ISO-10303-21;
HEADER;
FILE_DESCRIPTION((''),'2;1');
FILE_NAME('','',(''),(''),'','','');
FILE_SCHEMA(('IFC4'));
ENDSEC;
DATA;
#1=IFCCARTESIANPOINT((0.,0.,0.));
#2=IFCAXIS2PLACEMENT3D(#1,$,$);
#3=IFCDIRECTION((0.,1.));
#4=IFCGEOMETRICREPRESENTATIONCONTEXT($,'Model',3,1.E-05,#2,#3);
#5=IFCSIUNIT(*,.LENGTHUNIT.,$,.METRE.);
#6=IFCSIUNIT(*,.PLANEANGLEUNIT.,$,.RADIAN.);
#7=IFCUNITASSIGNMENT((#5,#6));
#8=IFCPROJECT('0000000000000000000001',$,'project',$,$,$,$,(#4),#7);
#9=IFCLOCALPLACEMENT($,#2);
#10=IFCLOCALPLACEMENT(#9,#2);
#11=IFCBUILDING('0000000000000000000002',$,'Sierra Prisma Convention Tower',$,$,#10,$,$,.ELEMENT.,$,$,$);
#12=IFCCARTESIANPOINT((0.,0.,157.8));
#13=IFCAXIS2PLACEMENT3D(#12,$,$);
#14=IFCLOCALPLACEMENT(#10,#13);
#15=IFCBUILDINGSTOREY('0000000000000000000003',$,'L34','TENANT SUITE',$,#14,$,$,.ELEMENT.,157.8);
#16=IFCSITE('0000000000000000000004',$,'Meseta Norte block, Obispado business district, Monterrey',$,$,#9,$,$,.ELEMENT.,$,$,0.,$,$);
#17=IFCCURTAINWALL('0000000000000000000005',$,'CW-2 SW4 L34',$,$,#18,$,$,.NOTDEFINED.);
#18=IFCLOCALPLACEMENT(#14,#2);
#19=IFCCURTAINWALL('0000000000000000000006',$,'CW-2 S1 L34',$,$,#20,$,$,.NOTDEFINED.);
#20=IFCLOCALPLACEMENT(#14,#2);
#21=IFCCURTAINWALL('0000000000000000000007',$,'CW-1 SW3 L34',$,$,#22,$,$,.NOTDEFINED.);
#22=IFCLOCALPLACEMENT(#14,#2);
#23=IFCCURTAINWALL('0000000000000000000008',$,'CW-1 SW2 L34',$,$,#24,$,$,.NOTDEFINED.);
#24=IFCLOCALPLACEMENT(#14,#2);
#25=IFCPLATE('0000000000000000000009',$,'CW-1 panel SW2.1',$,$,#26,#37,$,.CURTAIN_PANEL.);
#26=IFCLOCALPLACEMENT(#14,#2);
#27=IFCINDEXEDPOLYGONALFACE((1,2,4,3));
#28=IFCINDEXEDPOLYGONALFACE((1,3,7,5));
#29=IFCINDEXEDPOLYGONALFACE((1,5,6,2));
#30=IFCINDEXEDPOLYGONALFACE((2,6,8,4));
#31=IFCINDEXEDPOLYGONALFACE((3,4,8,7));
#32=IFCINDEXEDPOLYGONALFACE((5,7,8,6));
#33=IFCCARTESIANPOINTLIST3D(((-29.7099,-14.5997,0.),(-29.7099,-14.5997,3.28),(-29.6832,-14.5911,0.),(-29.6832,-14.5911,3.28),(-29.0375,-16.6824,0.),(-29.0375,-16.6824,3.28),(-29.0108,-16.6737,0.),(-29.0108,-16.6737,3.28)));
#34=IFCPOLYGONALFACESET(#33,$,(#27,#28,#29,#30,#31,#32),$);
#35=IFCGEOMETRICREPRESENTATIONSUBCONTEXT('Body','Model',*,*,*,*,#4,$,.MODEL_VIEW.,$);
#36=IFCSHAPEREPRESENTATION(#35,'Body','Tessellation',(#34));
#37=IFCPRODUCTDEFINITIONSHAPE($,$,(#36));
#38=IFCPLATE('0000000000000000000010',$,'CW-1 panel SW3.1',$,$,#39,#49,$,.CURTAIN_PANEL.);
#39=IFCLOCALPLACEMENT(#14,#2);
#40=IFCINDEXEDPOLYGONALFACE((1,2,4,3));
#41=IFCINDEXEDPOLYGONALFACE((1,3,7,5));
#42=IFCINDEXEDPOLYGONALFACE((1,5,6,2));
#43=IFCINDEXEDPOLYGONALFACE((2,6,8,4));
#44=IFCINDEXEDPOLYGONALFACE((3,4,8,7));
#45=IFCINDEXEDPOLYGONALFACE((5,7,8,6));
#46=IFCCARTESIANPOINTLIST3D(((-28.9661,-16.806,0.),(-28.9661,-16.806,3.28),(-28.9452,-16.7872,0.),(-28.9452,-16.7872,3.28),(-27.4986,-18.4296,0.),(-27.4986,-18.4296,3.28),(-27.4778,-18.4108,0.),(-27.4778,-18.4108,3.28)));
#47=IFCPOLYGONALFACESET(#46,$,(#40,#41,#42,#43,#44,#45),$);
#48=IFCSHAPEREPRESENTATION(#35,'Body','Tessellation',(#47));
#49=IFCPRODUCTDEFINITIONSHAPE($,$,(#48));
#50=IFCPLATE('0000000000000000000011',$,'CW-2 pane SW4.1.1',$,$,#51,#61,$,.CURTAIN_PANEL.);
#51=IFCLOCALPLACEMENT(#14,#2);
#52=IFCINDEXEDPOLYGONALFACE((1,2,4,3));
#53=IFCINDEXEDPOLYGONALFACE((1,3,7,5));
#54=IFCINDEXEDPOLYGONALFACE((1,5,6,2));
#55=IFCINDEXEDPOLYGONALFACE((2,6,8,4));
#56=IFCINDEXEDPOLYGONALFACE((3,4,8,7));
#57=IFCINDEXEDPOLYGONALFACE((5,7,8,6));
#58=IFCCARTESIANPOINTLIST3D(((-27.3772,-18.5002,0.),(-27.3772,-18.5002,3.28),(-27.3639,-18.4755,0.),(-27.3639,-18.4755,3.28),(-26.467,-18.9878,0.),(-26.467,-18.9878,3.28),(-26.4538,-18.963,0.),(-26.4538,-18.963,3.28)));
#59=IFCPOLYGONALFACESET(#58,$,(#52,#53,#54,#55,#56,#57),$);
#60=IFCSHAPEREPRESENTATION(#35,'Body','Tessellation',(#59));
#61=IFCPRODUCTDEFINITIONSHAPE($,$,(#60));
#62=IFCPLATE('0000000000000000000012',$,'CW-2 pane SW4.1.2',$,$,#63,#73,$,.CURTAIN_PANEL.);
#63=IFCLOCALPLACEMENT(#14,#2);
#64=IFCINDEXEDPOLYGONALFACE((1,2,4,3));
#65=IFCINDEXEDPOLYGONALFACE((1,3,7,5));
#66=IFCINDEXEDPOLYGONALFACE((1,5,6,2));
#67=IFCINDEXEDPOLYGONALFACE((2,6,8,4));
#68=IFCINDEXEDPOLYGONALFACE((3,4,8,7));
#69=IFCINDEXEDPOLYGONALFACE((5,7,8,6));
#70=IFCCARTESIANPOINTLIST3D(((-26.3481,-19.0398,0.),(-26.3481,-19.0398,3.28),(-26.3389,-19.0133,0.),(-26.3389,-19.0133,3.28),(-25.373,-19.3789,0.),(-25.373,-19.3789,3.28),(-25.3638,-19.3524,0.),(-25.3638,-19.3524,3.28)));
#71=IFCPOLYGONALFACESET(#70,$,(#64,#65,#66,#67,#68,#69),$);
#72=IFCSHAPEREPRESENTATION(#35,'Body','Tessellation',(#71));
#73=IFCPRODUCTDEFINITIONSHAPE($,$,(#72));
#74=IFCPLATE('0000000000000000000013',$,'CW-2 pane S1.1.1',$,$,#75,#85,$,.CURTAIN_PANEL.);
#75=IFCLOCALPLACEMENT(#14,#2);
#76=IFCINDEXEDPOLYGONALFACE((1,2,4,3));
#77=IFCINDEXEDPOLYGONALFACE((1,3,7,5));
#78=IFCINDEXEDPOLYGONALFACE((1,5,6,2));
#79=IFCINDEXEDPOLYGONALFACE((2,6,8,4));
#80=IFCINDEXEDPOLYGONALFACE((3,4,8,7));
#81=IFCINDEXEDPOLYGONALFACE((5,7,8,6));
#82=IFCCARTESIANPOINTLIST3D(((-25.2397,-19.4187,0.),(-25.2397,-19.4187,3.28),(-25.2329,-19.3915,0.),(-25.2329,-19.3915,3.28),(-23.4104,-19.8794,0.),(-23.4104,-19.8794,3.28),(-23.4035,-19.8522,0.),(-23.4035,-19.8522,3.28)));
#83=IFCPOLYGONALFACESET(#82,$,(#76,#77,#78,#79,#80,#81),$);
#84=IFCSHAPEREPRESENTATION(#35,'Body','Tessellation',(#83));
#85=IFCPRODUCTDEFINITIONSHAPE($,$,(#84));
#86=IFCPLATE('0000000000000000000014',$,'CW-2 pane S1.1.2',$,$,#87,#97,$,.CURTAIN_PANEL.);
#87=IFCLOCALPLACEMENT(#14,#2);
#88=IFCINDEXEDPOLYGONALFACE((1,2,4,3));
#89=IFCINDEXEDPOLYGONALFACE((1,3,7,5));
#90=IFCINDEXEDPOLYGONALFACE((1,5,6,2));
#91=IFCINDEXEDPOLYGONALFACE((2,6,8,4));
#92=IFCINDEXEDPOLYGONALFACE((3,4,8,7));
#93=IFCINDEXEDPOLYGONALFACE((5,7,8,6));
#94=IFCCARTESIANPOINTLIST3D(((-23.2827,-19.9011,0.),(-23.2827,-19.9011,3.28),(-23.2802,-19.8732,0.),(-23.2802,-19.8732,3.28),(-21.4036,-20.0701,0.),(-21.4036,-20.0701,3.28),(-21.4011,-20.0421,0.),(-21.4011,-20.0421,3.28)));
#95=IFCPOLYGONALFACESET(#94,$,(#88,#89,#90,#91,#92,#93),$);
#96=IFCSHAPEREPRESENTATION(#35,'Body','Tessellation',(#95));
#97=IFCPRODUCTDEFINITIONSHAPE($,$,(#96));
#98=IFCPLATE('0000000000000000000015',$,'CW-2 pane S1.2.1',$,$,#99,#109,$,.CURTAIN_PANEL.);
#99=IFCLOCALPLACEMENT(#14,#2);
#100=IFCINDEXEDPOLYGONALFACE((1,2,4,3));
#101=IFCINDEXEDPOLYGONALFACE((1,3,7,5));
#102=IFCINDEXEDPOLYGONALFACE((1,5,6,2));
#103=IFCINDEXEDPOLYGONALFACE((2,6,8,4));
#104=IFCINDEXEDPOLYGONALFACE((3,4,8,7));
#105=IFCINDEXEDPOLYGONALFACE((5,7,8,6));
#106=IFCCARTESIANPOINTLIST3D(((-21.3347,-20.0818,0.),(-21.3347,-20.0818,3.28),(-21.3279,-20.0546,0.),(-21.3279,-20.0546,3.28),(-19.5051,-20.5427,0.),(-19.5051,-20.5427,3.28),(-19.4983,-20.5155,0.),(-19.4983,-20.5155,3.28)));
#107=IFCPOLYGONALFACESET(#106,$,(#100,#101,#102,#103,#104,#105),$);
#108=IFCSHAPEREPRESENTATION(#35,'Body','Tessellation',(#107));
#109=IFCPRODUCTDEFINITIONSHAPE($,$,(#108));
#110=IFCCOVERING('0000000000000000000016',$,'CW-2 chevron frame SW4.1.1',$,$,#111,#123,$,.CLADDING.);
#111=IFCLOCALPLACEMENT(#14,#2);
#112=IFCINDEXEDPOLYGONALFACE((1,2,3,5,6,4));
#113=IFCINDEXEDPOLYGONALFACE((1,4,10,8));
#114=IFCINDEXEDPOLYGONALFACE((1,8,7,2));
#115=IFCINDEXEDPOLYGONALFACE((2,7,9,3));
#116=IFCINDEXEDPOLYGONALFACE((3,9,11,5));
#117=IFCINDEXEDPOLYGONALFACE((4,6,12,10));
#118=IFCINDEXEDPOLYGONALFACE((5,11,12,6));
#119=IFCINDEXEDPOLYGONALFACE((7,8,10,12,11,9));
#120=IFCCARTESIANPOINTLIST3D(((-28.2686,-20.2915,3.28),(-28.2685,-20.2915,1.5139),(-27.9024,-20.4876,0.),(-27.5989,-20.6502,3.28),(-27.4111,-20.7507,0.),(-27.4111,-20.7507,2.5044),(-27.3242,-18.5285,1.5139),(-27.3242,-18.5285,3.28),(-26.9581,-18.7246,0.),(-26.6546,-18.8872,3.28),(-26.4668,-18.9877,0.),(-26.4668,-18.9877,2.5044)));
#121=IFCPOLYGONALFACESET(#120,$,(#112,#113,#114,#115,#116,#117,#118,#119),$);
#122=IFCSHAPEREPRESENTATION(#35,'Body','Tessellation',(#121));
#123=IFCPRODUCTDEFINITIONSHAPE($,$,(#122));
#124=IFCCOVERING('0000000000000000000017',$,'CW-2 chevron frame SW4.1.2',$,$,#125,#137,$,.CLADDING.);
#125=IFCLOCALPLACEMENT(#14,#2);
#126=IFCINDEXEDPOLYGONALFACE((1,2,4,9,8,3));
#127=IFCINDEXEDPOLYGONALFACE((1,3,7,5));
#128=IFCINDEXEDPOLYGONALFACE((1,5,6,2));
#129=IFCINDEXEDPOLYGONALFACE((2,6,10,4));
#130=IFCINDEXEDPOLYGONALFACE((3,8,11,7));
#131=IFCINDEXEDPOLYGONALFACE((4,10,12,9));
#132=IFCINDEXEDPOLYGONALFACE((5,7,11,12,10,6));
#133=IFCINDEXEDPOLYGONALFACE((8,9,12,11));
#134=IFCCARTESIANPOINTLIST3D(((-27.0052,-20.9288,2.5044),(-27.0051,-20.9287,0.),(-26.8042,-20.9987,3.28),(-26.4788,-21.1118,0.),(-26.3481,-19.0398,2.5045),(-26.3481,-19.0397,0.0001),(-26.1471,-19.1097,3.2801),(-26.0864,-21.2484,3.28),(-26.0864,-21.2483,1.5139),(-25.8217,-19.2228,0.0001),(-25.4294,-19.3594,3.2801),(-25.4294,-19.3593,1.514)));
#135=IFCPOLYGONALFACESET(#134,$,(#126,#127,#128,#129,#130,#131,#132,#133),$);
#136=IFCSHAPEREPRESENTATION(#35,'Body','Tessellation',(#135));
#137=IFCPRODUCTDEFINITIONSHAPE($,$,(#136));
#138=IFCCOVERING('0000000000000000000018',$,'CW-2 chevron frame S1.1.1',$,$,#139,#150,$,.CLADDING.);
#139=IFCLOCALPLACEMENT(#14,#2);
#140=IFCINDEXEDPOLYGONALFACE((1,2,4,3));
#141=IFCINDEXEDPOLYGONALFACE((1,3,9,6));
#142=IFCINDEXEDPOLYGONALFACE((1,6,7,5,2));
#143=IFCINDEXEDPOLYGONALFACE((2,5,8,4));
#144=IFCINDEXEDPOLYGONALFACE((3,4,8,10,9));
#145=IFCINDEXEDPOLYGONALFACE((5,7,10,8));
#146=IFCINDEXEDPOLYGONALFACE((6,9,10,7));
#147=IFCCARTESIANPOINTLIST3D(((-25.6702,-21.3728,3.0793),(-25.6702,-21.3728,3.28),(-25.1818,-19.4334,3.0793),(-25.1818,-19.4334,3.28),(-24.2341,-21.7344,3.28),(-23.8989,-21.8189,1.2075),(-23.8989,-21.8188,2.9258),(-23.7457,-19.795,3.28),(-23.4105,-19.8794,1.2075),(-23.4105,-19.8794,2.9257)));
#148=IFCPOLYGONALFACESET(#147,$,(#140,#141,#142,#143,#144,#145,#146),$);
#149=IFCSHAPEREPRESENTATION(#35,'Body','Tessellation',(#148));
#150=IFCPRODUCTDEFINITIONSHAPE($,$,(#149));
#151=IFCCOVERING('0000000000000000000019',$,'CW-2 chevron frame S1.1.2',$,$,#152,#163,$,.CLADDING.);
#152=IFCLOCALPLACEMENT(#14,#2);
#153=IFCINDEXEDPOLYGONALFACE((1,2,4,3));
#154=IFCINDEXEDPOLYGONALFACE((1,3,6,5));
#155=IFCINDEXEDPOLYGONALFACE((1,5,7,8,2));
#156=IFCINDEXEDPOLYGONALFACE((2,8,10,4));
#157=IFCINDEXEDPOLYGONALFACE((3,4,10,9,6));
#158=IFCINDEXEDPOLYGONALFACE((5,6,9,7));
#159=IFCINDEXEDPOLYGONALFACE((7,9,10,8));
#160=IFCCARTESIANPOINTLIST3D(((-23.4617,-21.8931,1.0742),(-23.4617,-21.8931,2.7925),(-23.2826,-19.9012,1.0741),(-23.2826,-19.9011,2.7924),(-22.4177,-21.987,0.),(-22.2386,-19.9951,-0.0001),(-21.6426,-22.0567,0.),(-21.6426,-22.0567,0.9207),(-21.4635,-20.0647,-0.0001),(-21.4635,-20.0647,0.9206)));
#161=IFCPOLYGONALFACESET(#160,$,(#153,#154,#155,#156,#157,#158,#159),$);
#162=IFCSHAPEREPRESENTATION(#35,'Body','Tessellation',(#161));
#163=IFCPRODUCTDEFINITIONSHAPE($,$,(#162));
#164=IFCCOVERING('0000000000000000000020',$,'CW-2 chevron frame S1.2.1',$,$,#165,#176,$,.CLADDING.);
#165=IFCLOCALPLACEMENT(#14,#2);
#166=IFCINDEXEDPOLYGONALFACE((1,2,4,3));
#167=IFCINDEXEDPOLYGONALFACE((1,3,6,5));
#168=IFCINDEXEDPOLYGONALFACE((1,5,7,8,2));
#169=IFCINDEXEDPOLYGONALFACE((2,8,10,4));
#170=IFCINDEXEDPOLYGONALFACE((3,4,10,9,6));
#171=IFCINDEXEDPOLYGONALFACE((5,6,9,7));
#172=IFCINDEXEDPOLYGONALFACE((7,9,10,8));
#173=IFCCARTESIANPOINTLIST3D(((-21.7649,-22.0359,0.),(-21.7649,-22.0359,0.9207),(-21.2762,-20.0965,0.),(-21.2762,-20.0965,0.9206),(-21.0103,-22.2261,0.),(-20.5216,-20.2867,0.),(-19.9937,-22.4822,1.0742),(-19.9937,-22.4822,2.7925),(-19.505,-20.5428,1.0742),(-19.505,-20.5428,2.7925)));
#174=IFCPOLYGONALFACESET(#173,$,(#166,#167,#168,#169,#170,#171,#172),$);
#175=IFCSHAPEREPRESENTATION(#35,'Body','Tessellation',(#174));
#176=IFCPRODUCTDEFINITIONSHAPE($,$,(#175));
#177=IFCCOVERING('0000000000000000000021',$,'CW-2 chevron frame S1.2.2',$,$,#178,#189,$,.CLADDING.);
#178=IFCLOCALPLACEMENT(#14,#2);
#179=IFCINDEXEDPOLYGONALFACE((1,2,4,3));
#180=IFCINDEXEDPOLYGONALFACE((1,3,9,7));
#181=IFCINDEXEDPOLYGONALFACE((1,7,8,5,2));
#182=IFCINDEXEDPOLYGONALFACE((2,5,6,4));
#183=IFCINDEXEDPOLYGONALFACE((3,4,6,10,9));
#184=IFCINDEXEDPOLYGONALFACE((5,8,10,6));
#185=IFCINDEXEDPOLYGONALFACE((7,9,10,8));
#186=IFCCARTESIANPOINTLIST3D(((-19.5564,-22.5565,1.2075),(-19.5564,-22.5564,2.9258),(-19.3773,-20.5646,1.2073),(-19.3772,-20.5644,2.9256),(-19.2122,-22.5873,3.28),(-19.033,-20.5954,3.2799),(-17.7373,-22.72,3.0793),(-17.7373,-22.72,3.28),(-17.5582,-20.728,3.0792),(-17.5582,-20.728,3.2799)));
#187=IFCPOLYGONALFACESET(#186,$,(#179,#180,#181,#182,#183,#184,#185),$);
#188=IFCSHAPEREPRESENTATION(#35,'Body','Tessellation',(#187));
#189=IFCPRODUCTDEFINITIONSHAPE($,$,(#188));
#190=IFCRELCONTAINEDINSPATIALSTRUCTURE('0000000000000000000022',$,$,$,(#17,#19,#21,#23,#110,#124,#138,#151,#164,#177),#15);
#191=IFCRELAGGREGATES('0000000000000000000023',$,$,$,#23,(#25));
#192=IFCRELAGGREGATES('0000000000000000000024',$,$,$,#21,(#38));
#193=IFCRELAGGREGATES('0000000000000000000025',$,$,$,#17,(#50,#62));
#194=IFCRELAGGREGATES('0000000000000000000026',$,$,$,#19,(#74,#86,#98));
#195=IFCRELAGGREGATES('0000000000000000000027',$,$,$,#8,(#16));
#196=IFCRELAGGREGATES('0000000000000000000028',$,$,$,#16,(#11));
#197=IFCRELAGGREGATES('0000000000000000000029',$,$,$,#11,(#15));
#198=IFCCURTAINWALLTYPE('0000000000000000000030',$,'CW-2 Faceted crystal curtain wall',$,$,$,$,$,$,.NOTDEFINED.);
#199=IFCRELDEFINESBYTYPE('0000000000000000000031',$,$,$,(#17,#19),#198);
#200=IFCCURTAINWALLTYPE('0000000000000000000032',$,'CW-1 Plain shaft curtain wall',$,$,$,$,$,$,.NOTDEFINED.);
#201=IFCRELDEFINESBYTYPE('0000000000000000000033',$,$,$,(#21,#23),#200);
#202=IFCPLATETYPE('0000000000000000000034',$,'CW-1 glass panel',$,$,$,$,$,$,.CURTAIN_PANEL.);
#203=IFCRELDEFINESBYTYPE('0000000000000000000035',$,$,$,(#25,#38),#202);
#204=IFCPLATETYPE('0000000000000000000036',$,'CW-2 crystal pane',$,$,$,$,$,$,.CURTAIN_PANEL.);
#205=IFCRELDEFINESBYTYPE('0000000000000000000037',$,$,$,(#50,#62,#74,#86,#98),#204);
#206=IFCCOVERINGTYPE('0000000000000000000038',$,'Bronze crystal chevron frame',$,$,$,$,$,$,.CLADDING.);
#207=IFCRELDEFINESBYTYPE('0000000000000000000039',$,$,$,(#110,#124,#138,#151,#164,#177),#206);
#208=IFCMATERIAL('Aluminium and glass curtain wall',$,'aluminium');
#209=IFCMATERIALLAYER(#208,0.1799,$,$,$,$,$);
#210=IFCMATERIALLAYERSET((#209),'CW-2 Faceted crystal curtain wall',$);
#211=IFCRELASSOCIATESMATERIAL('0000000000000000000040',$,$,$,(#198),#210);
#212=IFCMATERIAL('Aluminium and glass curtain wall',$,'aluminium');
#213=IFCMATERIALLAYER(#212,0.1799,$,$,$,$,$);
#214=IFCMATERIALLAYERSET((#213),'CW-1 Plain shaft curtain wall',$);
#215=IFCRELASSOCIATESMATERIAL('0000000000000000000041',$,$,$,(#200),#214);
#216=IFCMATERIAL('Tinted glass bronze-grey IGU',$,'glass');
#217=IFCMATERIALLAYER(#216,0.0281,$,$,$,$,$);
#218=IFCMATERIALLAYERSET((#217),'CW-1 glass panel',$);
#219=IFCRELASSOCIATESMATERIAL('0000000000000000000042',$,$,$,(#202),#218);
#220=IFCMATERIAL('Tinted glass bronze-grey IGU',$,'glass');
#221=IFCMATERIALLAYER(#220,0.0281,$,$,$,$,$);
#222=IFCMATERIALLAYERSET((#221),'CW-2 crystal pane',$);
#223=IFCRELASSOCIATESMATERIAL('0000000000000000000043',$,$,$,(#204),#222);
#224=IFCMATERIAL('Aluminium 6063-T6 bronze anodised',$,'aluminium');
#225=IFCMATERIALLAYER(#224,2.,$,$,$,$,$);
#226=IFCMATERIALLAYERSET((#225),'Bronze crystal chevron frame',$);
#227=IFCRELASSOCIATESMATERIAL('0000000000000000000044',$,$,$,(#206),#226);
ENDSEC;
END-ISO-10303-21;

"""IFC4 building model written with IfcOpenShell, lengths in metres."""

from ifc_helpers import new_model, si_unit, direction, frame, origin, origin_2d, place, context, subcontext, project, spatial, polyline, rectangle, outline, extrude, material, layer, layer_set, type_object, element, aggregate, save


model = new_model("IFC4")

# Units and contexts
model_context = context("Model", 3, precision=1e-05, world=origin(), true_north=direction((0.0, 1.0)))
body_context = subcontext(model_context, "Body", "Model", "MODEL_VIEW")
ifc_project = project(units=[si_unit("LENGTHUNIT", "METRE"), si_unit("PLANEANGLEUNIT", "RADIAN")], contexts=[model_context])

# Site, building, storey
site_placement = place(None, origin())
site = spatial("IfcSite", under=ifc_project, at=site_placement, Name="Meseta Norte block, Obispado business district, Monterrey", CompositionType="ELEMENT", RefElevation=0.0)
building_placement = place(site_placement, origin())
building = spatial("IfcBuilding", under=site, at=building_placement, Name="Sierra Prisma Convention Tower", CompositionType="ELEMENT")
storey_placement = place(building_placement, frame((0.0, 0.0, 157.8)))
storey = spatial("IfcBuildingStorey", under=building, at=storey_placement, Name="L34", Description="TENANT SUITE", CompositionType="ELEMENT", Elevation=157.8)

# Curtain wall
ifc_material_1 = material(Name="Aluminium and glass curtain wall", Category="aluminium")
ifc_layer_1 = layer(ifc_material_1, 0.1799)
ifc_layer_set_1 = layer_set([ifc_layer_1], Name="CW-2 Faceted crystal curtain wall")
curtain_wall_type_1 = type_object("IfcCurtainWallType", Name="CW-2 Faceted crystal curtain wall", PredefinedType="NOTDEFINED", material=ifc_layer_set_1)
curtain_wall_1_placement = place(storey_placement, origin())
curtain_wall_1 = element("IfcCurtainWall", 1, at=curtain_wall_1_placement, inside=storey, type_object=curtain_wall_type_1, Name="CW-2 SW4 L34", PredefinedType="NOTDEFINED")

# Curtain wall
curtain_wall_2_placement = place(storey_placement, origin())
curtain_wall_2 = element("IfcCurtainWall", 2, at=curtain_wall_2_placement, inside=storey, type_object=curtain_wall_type_1, Name="CW-2 S1 L34", PredefinedType="NOTDEFINED")

# Curtain wall
ifc_material_2 = material(Name="Aluminium and glass curtain wall", Category="aluminium")
ifc_layer_2 = layer(ifc_material_2, 0.1799)
ifc_layer_set_2 = layer_set([ifc_layer_2], Name="CW-1 Plain shaft curtain wall")
curtain_wall_type_2 = type_object("IfcCurtainWallType", Name="CW-1 Plain shaft curtain wall", PredefinedType="NOTDEFINED", material=ifc_layer_set_2)
curtain_wall_3_placement = place(storey_placement, origin())
curtain_wall_3 = element("IfcCurtainWall", 3, at=curtain_wall_3_placement, inside=storey, type_object=curtain_wall_type_2, Name="CW-1 SW3 L34", PredefinedType="NOTDEFINED")

# Curtain wall, plate
curtain_wall_4_placement = place(storey_placement, origin())
curtain_wall_4 = element("IfcCurtainWall", 4, at=curtain_wall_4_placement, inside=storey, type_object=curtain_wall_type_2, Name="CW-1 SW2 L34", PredefinedType="NOTDEFINED")
ifc_material_3 = material(Name="Tinted glass bronze-grey IGU", Category="glass")
ifc_layer_3 = layer(ifc_material_3, 0.0281)
ifc_layer_set_3 = layer_set([ifc_layer_3], Name="CW-1 glass panel")
plate_type_1 = type_object("IfcPlateType", Name="CW-1 glass panel", PredefinedType="CURTAIN_PANEL", material=ifc_layer_set_3)
plate_1_placement = place(storey_placement, frame((-29.3604, -15.6367, 0.0), z_axis=(0.0, 0.0, 1.0), x_axis=(0.307213, -0.951641, 0.0)))
plate_1 = element("IfcPlate", 5, at=plate_1_placement, type_object=plate_type_1, Name="CW-1 panel SW2.1", PredefinedType="CURTAIN_PANEL", context=body_context, shape_type="SweptSolid", body=[
    extrude(rectangle(XDim=2.1885, YDim=0.0281, at=origin_2d()), origin(), (0.0, 0.0, 1.0), 3.28),
])
aggregate(curtain_wall_4, [plate_1])

# Plates
plate_2_placement = place(storey_placement, frame((-28.2219, -17.6084, 0.0), z_axis=(0.0, 0.0, 1.0), x_axis=(0.670539, -0.741874, 0.0)))
plate_2 = element("IfcPlate", 6, at=plate_2_placement, type_object=plate_type_1, Name="CW-1 panel SW3.1", PredefinedType="CURTAIN_PANEL", context=body_context, shape_type="SweptSolid", body=[
    extrude(rectangle(XDim=2.1885, YDim=0.0281, at=origin_2d()), origin(), (0.0, 0.0, 1.0), 3.28),
])
aggregate(curtain_wall_3, [plate_2])
ifc_material_4 = material(Name="Tinted glass bronze-grey IGU", Category="glass")
ifc_layer_4 = layer(ifc_material_4, 0.0281)
ifc_layer_set_4 = layer_set([ifc_layer_4], Name="CW-2 crystal pane")
plate_type_2 = type_object("IfcPlateType", Name="CW-2 crystal pane", PredefinedType="CURTAIN_PANEL", material=ifc_layer_set_4)
plate_3_placement = place(storey_placement, frame((-27.3772, -18.5002, 0.0), z_axis=(-0.472195, -0.881494, 0.0), x_axis=(0.881494, -0.472195, 0.0)))
plate_3 = element("IfcPlate", 7, at=plate_3_placement, type_object=plate_type_2, Name="CW-2 pane SW4.1.1", PredefinedType="CURTAIN_PANEL", context=body_context, shape_type="SweptSolid", body=[
    extrude(outline(polyline([(0.0, 0.0), (1.0325, 0.0), (1.0325, 3.28), (0.0, 3.28), (0.0, 0.0)])), origin(), (0.0, 0.0, -1.0), 0.0281),
])
plate_4_placement = place(storey_placement, frame((-25.373, -19.3789, 0.0), z_axis=(-0.328475, -0.944513, 0.0), x_axis=(-0.944513, 0.328475, 0.0)))
plate_4 = element("IfcPlate", 8, at=plate_4_placement, type_object=plate_type_2, Name="CW-2 pane SW4.1.2", PredefinedType="CURTAIN_PANEL", context=body_context, shape_type="SweptSolid", body=[
    extrude(outline(polyline([(0.0, 0.0), (1.0324, 0.0), (1.0324, -3.28), (0.0, -3.28), (0.0, 0.0)])), origin(), (0.0, 0.0, -1.0), 0.0281),
])
aggregate(curtain_wall_1, [plate_3, plate_4])
plate_5_placement = place(storey_placement, frame((-25.2397, -19.4187, 0.0), z_axis=(-0.24421, -0.969722, 0.0), x_axis=(0.969722, -0.24421, 0.0)))
plate_5 = element("IfcPlate", 9, at=plate_5_placement, type_object=plate_type_2, Name="CW-2 pane S1.1.1", PredefinedType="CURTAIN_PANEL", context=body_context, shape_type="SweptSolid", body=[
    extrude(outline(polyline([(0.0, 0.0), (1.8865, 0.0), (1.8865, 3.28), (0.0, 3.28), (0.0, 0.0)])), origin(), (0.0, 0.0, -1.0), 0.0281),
])
plate_6_placement = place(storey_placement, frame((-21.4036, -20.0701, 0.0), z_axis=(-0.089544, -0.995983, 0.0), x_axis=(-0.995983, 0.089544, 0.0)))
plate_6 = element("IfcPlate", 10, at=plate_6_placement, type_object=plate_type_2, Name="CW-2 pane S1.1.2", PredefinedType="CURTAIN_PANEL", context=body_context, shape_type="SweptSolid", body=[
    extrude(outline(polyline([(0.0, 0.0), (1.8867, 0.0), (1.8867, -3.28), (0.0, -3.28), (0.0, 0.0)])), origin(), (0.0, 0.0, -1.0), 0.0281),
])
plate_7_placement = place(storey_placement, frame((-21.3347, -20.0818, 0.0), z_axis=(-0.244301, -0.969699, 0.0), x_axis=(0.969699, -0.244301, 0.0)))
plate_7 = element("IfcPlate", 11, at=plate_7_placement, type_object=plate_type_2, Name="CW-2 pane S1.2.1", PredefinedType="CURTAIN_PANEL", context=body_context, shape_type="SweptSolid", body=[
    extrude(outline(polyline([(0.0, 0.0), (1.8868, 0.0), (1.8868, 3.28), (0.0, 3.28), (0.0, 0.0)])), origin(), (0.0, 0.0, -1.0), 0.0281),
])
aggregate(curtain_wall_2, [plate_5, plate_6, plate_7])

# Coverings
ifc_material_5 = material(Name="Aluminium 6063-T6 bronze anodised", Category="aluminium")
ifc_layer_5 = layer(ifc_material_5, 2.0)
ifc_layer_set_5 = layer_set([ifc_layer_5], Name="Bronze crystal chevron frame")
covering_type = type_object("IfcCoveringType", Name="Bronze crystal chevron frame", PredefinedType="CLADDING", material=ifc_layer_set_5)
covering_1_placement = place(storey_placement, frame((-28.2686, -20.2915, 3.28), z_axis=(-0.472154, -0.881516, -0.00001), x_axis=(0.000005, 0.000009, -1.0)))
element("IfcCovering", 12, at=covering_1_placement, inside=storey, type_object=covering_type, Name="CW-2 chevron frame SW4.1.1", PredefinedType="CLADDING", context=body_context, shape_type="SweptSolid", body=[
    extrude(outline(polyline([(0.0, 0.0), (1.7661, 0.0), (3.28, 0.4154), (3.28, 0.9727), (0.7756, 0.9727), (0.0, 0.7597), (0.0, 0.0)])), origin(), (0.0, 0.0, -1.0), 2.0),
])
covering_2_placement = place(storey_placement, frame((-27.0051, -20.9287, 0.0), z_axis=(-0.328529, -0.944494, -0.000028), x_axis=(0.944494, -0.328529, 0.0)))
element("IfcCovering", 13, at=covering_2_placement, inside=storey, type_object=covering_type, Name="CW-2 chevron frame SW4.1.2", PredefinedType="CLADDING", context=body_context, shape_type="SweptSolid", body=[
    extrude(outline(polyline([(0.0, 0.0), (0.5573, 0.0), (0.9727, 1.5139), (0.9727, 3.28), (0.2128, 3.28), (0.0, 2.5044), (0.0, 0.0)])), origin(), (0.0, 0.0, -1.0), 2.0),
])
covering_3_placement = place(storey_placement, frame((-25.6702, -21.3728, 3.28), z_axis=(-0.244197, -0.969726, 0.000026), x_axis=(-0.000006, -0.000025, -1.0)))
element("IfcCovering", 14, at=covering_3_placement, inside=storey, type_object=covering_type, Name="CW-2 chevron frame S1.1.1", PredefinedType="CLADDING", context=body_context, shape_type="SweptSolid", body=[
    extrude(outline(polyline([(0.0, 0.0), (0.2007, 0.0), (2.0725, 1.8265), (0.3542, 1.8265), (0.0, 1.4809), (0.0, 0.0)])), origin(), (0.0, 0.0, -1.0), 2.0),
])
covering_4_placement = place(storey_placement, frame((-23.4617, -21.8931, 2.7925), z_axis=(-0.089537, -0.995984, 0.000039), x_axis=(-0.000004, -0.000039, -1.0)))
element("IfcCovering", 15, at=covering_4_placement, inside=storey, type_object=covering_type, Name="CW-2 chevron frame S1.1.2", PredefinedType="CLADDING", context=body_context, shape_type="SweptSolid", body=[
    extrude(outline(polyline([(0.0, 0.0), (1.7183, 0.0), (2.7925, 1.0482), (2.7925, 1.8264), (1.8718, 1.8264), (0.0, 0.0)])), origin(), (0.0, 0.0, -1.0), 2.0),
])
covering_5_placement = place(storey_placement, frame((-21.0103, -22.2261, 0.0), z_axis=(-0.244336, -0.969691, 0.000014), x_axis=(0.677275, -0.170645, 0.715667)))
element("IfcCovering", 16, at=covering_5_placement, inside=storey, type_object=covering_type, Name="CW-2 chevron frame S1.2.1", PredefinedType="CLADDING", context=body_context, shape_type="SweptSolid", body=[
    extrude(outline(polyline([(0.0, 0.0), (1.501, 0.0), (2.7307, 1.2001), (0.1153, 1.2), (-0.5436, 0.557), (0.0, 0.0)])), origin(), (0.0, 0.0, -1.0), 2.0),
])
covering_6_placement = place(storey_placement, frame((-17.7373, -22.72, 3.28), z_axis=(-0.089576, -0.99598, 0.000087), x_axis=(-0.99598, 0.089576, 0.0)))
element("IfcCovering", 17, at=covering_6_placement, inside=storey, type_object=covering_type, Name="CW-2 chevron frame S1.2.2", PredefinedType="CLADDING", context=body_context, shape_type="SweptSolid", body=[
    extrude(outline(polyline([(0.0, 0.0), (1.4808, 0.0), (1.8264, 0.3542), (1.8264, 2.0725), (0.0, 0.2007), (0.0, 0.0)])), origin(), (0.0, 0.0, -1.0), 2.0),
])

save(model, "model.ifc")
